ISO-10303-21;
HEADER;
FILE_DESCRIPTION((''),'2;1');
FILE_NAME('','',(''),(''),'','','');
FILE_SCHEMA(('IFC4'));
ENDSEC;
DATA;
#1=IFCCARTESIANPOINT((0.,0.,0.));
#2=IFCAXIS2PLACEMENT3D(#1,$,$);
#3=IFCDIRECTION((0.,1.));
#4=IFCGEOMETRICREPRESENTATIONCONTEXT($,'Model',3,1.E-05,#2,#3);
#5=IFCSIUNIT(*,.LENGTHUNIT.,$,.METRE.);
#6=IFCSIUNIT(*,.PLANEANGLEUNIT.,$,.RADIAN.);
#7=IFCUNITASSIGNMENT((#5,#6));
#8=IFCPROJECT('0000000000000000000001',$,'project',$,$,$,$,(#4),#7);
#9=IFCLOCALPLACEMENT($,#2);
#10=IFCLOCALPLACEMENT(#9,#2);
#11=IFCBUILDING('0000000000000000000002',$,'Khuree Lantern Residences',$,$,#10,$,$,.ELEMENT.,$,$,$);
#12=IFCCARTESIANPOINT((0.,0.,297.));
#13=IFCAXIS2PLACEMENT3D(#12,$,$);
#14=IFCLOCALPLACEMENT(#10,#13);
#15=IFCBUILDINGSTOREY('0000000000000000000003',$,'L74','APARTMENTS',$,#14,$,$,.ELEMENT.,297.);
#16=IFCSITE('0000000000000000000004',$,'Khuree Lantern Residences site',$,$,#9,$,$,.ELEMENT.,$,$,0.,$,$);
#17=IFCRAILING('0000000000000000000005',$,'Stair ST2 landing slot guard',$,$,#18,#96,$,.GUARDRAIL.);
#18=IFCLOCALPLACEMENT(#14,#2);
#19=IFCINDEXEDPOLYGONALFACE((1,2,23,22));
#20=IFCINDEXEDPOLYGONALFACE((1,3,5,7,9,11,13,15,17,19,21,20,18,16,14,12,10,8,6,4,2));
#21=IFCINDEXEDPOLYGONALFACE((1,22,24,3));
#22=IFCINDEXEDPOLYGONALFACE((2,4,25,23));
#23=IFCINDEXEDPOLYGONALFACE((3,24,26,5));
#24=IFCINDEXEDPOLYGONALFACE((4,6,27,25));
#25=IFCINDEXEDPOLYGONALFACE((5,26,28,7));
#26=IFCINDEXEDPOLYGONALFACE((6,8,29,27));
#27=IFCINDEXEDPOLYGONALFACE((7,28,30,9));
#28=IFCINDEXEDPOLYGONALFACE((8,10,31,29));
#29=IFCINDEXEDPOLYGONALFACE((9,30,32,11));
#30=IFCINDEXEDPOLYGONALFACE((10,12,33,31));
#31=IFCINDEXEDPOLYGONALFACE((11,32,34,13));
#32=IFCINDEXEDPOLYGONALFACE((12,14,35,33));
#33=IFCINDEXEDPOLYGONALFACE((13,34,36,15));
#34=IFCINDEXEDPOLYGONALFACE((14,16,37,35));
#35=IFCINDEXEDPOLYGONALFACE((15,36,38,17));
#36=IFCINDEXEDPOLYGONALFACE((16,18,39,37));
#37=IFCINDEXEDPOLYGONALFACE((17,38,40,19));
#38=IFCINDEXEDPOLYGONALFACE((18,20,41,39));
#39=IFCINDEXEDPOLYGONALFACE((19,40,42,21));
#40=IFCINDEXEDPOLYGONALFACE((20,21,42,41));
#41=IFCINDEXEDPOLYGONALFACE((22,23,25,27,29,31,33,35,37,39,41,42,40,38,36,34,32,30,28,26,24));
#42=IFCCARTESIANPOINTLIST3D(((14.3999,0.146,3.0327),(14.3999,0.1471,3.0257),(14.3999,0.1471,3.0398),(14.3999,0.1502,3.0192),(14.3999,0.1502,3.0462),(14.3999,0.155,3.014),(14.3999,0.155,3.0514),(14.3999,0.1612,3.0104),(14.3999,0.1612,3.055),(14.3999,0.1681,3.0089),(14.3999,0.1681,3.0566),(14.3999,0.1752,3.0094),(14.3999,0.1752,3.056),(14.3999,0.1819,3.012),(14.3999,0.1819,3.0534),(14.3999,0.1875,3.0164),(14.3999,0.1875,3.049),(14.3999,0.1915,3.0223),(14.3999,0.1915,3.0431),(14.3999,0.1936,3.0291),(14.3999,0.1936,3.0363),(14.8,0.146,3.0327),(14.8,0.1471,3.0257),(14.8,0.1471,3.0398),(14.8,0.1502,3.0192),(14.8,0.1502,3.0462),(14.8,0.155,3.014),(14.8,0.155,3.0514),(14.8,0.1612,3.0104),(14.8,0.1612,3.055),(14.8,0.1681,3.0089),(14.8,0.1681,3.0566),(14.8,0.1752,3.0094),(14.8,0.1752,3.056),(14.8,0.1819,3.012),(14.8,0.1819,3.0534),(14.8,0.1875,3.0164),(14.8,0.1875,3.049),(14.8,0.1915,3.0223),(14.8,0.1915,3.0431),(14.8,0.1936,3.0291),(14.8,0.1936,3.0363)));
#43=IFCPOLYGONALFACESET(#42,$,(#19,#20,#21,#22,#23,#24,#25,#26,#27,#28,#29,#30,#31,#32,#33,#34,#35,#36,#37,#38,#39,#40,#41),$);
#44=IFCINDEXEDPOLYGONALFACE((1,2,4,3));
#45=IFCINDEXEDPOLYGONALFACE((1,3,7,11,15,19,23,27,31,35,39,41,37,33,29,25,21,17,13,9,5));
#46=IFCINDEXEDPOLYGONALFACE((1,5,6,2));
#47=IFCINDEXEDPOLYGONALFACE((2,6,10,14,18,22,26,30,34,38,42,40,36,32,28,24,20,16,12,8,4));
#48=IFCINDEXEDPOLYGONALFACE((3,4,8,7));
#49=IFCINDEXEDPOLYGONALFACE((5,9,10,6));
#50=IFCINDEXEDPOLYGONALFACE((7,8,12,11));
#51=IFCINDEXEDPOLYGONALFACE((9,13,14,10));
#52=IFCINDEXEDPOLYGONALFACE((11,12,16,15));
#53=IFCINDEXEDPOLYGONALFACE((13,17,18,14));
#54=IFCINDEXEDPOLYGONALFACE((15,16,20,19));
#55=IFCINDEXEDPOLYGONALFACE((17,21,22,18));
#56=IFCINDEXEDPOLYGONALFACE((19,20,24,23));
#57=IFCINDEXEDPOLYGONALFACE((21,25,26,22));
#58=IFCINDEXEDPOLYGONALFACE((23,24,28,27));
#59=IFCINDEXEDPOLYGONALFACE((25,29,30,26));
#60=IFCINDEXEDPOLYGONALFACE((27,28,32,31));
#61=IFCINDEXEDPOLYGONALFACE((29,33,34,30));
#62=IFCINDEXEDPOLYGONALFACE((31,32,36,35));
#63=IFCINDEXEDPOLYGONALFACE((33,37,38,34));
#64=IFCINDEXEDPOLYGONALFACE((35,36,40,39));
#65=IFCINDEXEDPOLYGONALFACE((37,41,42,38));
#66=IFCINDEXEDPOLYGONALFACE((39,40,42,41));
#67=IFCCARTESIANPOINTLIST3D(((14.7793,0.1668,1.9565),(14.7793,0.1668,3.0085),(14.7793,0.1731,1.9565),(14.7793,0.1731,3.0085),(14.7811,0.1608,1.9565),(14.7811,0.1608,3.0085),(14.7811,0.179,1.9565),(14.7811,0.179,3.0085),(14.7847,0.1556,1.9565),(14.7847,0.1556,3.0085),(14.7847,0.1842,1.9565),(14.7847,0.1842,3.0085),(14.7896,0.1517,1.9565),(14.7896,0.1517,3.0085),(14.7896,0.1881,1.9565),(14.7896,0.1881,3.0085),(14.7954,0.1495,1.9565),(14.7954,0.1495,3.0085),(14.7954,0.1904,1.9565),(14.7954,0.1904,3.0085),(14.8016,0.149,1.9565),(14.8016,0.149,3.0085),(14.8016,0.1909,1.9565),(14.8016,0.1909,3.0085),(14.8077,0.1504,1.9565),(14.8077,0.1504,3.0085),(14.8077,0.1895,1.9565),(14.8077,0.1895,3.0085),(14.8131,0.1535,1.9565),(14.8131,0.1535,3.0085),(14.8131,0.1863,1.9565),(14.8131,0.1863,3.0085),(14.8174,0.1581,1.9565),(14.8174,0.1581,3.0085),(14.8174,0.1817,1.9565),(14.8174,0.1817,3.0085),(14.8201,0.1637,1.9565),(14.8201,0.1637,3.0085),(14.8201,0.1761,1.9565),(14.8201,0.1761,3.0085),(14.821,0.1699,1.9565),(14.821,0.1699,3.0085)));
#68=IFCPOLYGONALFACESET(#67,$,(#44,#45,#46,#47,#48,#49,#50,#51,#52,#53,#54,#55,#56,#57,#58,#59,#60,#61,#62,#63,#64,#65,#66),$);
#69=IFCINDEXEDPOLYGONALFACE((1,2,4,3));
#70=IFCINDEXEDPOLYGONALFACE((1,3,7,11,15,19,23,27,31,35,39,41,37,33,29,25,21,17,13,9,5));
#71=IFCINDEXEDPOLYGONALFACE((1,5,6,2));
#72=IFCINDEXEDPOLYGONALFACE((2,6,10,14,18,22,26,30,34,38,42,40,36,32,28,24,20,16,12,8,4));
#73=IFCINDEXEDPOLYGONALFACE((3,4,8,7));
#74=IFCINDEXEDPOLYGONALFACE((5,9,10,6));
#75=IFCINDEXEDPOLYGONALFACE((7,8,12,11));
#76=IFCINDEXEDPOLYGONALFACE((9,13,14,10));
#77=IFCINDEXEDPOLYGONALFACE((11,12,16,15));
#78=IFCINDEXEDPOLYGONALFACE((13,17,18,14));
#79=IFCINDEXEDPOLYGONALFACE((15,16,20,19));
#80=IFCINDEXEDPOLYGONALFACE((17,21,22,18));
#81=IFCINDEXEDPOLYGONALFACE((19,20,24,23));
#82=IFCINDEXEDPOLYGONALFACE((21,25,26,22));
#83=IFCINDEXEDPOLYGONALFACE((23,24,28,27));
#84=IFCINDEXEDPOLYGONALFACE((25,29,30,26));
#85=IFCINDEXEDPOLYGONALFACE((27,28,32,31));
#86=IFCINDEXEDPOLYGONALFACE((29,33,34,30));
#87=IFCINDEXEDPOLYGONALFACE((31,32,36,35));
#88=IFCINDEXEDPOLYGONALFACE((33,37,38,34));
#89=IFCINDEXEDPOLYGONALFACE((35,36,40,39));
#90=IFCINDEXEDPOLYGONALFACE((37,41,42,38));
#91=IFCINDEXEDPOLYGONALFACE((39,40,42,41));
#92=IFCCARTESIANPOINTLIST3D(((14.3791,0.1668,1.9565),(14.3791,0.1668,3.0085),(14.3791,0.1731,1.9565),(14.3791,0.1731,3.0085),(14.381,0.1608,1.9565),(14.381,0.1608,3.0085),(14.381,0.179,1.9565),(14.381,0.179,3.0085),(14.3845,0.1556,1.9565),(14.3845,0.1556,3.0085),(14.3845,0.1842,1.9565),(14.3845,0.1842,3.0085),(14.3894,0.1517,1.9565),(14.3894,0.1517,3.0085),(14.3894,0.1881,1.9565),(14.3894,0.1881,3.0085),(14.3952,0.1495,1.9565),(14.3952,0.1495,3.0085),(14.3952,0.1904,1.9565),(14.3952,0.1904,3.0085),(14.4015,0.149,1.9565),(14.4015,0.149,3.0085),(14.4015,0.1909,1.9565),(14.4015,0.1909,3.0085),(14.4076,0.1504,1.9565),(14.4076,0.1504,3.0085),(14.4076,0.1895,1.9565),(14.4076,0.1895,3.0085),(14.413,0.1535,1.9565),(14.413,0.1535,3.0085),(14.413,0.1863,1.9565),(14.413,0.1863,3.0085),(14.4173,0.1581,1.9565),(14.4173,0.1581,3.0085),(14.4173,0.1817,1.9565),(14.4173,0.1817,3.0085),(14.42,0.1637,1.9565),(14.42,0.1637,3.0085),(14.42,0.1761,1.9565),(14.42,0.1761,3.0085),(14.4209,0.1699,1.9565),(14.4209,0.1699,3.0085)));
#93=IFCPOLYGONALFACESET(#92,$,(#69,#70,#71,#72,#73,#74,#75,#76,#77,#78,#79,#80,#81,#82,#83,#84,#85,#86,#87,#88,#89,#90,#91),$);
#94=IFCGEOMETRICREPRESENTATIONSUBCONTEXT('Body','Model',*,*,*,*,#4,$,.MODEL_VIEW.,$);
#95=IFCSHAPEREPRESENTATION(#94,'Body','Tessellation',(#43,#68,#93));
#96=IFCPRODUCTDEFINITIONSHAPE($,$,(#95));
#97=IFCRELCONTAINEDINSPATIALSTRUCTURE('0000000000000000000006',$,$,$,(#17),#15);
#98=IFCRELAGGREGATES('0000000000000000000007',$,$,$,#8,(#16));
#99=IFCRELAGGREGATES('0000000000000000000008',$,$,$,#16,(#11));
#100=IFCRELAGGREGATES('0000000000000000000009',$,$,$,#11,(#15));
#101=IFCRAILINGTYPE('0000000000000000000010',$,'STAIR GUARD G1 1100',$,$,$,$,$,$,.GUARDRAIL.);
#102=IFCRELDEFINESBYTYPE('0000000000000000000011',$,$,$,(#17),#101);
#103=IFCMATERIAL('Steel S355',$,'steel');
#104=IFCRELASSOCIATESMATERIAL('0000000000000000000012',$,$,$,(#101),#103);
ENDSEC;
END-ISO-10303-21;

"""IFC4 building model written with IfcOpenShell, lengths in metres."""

from ifc_helpers import new_model, si_unit, direction, frame, origin, origin_2d, place, context, subcontext, project, spatial, circle, extrude, material, type_object, element, save


model = new_model("IFC4")

# Units and contexts
model_context = context("Model", 3, precision=1e-05, world=origin(), true_north=direction((0.0, 1.0)))
body_context = subcontext(model_context, "Body", "Model", "MODEL_VIEW")
ifc_project = project(units=[si_unit("LENGTHUNIT", "METRE"), si_unit("PLANEANGLEUNIT", "RADIAN")], contexts=[model_context])

# Site, building, storey
site_placement = place(None, origin())
site = spatial("IfcSite", under=ifc_project, at=site_placement, Name="Khuree Lantern Residences site", CompositionType="ELEMENT", RefElevation=0.0)
building_placement = place(site_placement, origin())
building = spatial("IfcBuilding", under=site, at=building_placement, Name="Khuree Lantern Residences", CompositionType="ELEMENT")
storey_placement = place(building_placement, frame((0.0, 0.0, 297.0)))
storey = spatial("IfcBuildingStorey", under=building, at=storey_placement, Name="L74", Description="APARTMENTS", CompositionType="ELEMENT", Elevation=297.0)

# Railing
ifc_material_1 = material(Name="Steel S355", Category="steel")
railing_type = type_object("IfcRailingType", Name="STAIR GUARD G1 1100", PredefinedType="GUARDRAIL", material=ifc_material_1)
railing_placement = place(storey_placement, frame((14.8, 0.1699, 1.9565)))
element("IfcRailing", 1, at=railing_placement, inside=storey, type_object=railing_type, Name="Stair ST2 landing slot guard", PredefinedType="GUARDRAIL", context=body_context, shape_type="SweptSolid", body=[
    extrude(circle(Radius=0.0239, at=origin_2d()), frame((0.0, 0.0, 1.0762), z_axis=(-1.0, 0.0, 0.0), x_axis=(0.0, -1.0, 0.0)), (0.0, 0.0, 1.0), 0.4001),
    extrude(circle(Radius=0.021, at=origin_2d()), origin(), (0.0, 0.0, 1.0), 1.052),
    extrude(circle(Radius=0.021, at=origin_2d()), frame((-0.4001, 0.0, 0.0)), (0.0, 0.0, 1.0), 1.052),
])

save(model, "model.ifc")
